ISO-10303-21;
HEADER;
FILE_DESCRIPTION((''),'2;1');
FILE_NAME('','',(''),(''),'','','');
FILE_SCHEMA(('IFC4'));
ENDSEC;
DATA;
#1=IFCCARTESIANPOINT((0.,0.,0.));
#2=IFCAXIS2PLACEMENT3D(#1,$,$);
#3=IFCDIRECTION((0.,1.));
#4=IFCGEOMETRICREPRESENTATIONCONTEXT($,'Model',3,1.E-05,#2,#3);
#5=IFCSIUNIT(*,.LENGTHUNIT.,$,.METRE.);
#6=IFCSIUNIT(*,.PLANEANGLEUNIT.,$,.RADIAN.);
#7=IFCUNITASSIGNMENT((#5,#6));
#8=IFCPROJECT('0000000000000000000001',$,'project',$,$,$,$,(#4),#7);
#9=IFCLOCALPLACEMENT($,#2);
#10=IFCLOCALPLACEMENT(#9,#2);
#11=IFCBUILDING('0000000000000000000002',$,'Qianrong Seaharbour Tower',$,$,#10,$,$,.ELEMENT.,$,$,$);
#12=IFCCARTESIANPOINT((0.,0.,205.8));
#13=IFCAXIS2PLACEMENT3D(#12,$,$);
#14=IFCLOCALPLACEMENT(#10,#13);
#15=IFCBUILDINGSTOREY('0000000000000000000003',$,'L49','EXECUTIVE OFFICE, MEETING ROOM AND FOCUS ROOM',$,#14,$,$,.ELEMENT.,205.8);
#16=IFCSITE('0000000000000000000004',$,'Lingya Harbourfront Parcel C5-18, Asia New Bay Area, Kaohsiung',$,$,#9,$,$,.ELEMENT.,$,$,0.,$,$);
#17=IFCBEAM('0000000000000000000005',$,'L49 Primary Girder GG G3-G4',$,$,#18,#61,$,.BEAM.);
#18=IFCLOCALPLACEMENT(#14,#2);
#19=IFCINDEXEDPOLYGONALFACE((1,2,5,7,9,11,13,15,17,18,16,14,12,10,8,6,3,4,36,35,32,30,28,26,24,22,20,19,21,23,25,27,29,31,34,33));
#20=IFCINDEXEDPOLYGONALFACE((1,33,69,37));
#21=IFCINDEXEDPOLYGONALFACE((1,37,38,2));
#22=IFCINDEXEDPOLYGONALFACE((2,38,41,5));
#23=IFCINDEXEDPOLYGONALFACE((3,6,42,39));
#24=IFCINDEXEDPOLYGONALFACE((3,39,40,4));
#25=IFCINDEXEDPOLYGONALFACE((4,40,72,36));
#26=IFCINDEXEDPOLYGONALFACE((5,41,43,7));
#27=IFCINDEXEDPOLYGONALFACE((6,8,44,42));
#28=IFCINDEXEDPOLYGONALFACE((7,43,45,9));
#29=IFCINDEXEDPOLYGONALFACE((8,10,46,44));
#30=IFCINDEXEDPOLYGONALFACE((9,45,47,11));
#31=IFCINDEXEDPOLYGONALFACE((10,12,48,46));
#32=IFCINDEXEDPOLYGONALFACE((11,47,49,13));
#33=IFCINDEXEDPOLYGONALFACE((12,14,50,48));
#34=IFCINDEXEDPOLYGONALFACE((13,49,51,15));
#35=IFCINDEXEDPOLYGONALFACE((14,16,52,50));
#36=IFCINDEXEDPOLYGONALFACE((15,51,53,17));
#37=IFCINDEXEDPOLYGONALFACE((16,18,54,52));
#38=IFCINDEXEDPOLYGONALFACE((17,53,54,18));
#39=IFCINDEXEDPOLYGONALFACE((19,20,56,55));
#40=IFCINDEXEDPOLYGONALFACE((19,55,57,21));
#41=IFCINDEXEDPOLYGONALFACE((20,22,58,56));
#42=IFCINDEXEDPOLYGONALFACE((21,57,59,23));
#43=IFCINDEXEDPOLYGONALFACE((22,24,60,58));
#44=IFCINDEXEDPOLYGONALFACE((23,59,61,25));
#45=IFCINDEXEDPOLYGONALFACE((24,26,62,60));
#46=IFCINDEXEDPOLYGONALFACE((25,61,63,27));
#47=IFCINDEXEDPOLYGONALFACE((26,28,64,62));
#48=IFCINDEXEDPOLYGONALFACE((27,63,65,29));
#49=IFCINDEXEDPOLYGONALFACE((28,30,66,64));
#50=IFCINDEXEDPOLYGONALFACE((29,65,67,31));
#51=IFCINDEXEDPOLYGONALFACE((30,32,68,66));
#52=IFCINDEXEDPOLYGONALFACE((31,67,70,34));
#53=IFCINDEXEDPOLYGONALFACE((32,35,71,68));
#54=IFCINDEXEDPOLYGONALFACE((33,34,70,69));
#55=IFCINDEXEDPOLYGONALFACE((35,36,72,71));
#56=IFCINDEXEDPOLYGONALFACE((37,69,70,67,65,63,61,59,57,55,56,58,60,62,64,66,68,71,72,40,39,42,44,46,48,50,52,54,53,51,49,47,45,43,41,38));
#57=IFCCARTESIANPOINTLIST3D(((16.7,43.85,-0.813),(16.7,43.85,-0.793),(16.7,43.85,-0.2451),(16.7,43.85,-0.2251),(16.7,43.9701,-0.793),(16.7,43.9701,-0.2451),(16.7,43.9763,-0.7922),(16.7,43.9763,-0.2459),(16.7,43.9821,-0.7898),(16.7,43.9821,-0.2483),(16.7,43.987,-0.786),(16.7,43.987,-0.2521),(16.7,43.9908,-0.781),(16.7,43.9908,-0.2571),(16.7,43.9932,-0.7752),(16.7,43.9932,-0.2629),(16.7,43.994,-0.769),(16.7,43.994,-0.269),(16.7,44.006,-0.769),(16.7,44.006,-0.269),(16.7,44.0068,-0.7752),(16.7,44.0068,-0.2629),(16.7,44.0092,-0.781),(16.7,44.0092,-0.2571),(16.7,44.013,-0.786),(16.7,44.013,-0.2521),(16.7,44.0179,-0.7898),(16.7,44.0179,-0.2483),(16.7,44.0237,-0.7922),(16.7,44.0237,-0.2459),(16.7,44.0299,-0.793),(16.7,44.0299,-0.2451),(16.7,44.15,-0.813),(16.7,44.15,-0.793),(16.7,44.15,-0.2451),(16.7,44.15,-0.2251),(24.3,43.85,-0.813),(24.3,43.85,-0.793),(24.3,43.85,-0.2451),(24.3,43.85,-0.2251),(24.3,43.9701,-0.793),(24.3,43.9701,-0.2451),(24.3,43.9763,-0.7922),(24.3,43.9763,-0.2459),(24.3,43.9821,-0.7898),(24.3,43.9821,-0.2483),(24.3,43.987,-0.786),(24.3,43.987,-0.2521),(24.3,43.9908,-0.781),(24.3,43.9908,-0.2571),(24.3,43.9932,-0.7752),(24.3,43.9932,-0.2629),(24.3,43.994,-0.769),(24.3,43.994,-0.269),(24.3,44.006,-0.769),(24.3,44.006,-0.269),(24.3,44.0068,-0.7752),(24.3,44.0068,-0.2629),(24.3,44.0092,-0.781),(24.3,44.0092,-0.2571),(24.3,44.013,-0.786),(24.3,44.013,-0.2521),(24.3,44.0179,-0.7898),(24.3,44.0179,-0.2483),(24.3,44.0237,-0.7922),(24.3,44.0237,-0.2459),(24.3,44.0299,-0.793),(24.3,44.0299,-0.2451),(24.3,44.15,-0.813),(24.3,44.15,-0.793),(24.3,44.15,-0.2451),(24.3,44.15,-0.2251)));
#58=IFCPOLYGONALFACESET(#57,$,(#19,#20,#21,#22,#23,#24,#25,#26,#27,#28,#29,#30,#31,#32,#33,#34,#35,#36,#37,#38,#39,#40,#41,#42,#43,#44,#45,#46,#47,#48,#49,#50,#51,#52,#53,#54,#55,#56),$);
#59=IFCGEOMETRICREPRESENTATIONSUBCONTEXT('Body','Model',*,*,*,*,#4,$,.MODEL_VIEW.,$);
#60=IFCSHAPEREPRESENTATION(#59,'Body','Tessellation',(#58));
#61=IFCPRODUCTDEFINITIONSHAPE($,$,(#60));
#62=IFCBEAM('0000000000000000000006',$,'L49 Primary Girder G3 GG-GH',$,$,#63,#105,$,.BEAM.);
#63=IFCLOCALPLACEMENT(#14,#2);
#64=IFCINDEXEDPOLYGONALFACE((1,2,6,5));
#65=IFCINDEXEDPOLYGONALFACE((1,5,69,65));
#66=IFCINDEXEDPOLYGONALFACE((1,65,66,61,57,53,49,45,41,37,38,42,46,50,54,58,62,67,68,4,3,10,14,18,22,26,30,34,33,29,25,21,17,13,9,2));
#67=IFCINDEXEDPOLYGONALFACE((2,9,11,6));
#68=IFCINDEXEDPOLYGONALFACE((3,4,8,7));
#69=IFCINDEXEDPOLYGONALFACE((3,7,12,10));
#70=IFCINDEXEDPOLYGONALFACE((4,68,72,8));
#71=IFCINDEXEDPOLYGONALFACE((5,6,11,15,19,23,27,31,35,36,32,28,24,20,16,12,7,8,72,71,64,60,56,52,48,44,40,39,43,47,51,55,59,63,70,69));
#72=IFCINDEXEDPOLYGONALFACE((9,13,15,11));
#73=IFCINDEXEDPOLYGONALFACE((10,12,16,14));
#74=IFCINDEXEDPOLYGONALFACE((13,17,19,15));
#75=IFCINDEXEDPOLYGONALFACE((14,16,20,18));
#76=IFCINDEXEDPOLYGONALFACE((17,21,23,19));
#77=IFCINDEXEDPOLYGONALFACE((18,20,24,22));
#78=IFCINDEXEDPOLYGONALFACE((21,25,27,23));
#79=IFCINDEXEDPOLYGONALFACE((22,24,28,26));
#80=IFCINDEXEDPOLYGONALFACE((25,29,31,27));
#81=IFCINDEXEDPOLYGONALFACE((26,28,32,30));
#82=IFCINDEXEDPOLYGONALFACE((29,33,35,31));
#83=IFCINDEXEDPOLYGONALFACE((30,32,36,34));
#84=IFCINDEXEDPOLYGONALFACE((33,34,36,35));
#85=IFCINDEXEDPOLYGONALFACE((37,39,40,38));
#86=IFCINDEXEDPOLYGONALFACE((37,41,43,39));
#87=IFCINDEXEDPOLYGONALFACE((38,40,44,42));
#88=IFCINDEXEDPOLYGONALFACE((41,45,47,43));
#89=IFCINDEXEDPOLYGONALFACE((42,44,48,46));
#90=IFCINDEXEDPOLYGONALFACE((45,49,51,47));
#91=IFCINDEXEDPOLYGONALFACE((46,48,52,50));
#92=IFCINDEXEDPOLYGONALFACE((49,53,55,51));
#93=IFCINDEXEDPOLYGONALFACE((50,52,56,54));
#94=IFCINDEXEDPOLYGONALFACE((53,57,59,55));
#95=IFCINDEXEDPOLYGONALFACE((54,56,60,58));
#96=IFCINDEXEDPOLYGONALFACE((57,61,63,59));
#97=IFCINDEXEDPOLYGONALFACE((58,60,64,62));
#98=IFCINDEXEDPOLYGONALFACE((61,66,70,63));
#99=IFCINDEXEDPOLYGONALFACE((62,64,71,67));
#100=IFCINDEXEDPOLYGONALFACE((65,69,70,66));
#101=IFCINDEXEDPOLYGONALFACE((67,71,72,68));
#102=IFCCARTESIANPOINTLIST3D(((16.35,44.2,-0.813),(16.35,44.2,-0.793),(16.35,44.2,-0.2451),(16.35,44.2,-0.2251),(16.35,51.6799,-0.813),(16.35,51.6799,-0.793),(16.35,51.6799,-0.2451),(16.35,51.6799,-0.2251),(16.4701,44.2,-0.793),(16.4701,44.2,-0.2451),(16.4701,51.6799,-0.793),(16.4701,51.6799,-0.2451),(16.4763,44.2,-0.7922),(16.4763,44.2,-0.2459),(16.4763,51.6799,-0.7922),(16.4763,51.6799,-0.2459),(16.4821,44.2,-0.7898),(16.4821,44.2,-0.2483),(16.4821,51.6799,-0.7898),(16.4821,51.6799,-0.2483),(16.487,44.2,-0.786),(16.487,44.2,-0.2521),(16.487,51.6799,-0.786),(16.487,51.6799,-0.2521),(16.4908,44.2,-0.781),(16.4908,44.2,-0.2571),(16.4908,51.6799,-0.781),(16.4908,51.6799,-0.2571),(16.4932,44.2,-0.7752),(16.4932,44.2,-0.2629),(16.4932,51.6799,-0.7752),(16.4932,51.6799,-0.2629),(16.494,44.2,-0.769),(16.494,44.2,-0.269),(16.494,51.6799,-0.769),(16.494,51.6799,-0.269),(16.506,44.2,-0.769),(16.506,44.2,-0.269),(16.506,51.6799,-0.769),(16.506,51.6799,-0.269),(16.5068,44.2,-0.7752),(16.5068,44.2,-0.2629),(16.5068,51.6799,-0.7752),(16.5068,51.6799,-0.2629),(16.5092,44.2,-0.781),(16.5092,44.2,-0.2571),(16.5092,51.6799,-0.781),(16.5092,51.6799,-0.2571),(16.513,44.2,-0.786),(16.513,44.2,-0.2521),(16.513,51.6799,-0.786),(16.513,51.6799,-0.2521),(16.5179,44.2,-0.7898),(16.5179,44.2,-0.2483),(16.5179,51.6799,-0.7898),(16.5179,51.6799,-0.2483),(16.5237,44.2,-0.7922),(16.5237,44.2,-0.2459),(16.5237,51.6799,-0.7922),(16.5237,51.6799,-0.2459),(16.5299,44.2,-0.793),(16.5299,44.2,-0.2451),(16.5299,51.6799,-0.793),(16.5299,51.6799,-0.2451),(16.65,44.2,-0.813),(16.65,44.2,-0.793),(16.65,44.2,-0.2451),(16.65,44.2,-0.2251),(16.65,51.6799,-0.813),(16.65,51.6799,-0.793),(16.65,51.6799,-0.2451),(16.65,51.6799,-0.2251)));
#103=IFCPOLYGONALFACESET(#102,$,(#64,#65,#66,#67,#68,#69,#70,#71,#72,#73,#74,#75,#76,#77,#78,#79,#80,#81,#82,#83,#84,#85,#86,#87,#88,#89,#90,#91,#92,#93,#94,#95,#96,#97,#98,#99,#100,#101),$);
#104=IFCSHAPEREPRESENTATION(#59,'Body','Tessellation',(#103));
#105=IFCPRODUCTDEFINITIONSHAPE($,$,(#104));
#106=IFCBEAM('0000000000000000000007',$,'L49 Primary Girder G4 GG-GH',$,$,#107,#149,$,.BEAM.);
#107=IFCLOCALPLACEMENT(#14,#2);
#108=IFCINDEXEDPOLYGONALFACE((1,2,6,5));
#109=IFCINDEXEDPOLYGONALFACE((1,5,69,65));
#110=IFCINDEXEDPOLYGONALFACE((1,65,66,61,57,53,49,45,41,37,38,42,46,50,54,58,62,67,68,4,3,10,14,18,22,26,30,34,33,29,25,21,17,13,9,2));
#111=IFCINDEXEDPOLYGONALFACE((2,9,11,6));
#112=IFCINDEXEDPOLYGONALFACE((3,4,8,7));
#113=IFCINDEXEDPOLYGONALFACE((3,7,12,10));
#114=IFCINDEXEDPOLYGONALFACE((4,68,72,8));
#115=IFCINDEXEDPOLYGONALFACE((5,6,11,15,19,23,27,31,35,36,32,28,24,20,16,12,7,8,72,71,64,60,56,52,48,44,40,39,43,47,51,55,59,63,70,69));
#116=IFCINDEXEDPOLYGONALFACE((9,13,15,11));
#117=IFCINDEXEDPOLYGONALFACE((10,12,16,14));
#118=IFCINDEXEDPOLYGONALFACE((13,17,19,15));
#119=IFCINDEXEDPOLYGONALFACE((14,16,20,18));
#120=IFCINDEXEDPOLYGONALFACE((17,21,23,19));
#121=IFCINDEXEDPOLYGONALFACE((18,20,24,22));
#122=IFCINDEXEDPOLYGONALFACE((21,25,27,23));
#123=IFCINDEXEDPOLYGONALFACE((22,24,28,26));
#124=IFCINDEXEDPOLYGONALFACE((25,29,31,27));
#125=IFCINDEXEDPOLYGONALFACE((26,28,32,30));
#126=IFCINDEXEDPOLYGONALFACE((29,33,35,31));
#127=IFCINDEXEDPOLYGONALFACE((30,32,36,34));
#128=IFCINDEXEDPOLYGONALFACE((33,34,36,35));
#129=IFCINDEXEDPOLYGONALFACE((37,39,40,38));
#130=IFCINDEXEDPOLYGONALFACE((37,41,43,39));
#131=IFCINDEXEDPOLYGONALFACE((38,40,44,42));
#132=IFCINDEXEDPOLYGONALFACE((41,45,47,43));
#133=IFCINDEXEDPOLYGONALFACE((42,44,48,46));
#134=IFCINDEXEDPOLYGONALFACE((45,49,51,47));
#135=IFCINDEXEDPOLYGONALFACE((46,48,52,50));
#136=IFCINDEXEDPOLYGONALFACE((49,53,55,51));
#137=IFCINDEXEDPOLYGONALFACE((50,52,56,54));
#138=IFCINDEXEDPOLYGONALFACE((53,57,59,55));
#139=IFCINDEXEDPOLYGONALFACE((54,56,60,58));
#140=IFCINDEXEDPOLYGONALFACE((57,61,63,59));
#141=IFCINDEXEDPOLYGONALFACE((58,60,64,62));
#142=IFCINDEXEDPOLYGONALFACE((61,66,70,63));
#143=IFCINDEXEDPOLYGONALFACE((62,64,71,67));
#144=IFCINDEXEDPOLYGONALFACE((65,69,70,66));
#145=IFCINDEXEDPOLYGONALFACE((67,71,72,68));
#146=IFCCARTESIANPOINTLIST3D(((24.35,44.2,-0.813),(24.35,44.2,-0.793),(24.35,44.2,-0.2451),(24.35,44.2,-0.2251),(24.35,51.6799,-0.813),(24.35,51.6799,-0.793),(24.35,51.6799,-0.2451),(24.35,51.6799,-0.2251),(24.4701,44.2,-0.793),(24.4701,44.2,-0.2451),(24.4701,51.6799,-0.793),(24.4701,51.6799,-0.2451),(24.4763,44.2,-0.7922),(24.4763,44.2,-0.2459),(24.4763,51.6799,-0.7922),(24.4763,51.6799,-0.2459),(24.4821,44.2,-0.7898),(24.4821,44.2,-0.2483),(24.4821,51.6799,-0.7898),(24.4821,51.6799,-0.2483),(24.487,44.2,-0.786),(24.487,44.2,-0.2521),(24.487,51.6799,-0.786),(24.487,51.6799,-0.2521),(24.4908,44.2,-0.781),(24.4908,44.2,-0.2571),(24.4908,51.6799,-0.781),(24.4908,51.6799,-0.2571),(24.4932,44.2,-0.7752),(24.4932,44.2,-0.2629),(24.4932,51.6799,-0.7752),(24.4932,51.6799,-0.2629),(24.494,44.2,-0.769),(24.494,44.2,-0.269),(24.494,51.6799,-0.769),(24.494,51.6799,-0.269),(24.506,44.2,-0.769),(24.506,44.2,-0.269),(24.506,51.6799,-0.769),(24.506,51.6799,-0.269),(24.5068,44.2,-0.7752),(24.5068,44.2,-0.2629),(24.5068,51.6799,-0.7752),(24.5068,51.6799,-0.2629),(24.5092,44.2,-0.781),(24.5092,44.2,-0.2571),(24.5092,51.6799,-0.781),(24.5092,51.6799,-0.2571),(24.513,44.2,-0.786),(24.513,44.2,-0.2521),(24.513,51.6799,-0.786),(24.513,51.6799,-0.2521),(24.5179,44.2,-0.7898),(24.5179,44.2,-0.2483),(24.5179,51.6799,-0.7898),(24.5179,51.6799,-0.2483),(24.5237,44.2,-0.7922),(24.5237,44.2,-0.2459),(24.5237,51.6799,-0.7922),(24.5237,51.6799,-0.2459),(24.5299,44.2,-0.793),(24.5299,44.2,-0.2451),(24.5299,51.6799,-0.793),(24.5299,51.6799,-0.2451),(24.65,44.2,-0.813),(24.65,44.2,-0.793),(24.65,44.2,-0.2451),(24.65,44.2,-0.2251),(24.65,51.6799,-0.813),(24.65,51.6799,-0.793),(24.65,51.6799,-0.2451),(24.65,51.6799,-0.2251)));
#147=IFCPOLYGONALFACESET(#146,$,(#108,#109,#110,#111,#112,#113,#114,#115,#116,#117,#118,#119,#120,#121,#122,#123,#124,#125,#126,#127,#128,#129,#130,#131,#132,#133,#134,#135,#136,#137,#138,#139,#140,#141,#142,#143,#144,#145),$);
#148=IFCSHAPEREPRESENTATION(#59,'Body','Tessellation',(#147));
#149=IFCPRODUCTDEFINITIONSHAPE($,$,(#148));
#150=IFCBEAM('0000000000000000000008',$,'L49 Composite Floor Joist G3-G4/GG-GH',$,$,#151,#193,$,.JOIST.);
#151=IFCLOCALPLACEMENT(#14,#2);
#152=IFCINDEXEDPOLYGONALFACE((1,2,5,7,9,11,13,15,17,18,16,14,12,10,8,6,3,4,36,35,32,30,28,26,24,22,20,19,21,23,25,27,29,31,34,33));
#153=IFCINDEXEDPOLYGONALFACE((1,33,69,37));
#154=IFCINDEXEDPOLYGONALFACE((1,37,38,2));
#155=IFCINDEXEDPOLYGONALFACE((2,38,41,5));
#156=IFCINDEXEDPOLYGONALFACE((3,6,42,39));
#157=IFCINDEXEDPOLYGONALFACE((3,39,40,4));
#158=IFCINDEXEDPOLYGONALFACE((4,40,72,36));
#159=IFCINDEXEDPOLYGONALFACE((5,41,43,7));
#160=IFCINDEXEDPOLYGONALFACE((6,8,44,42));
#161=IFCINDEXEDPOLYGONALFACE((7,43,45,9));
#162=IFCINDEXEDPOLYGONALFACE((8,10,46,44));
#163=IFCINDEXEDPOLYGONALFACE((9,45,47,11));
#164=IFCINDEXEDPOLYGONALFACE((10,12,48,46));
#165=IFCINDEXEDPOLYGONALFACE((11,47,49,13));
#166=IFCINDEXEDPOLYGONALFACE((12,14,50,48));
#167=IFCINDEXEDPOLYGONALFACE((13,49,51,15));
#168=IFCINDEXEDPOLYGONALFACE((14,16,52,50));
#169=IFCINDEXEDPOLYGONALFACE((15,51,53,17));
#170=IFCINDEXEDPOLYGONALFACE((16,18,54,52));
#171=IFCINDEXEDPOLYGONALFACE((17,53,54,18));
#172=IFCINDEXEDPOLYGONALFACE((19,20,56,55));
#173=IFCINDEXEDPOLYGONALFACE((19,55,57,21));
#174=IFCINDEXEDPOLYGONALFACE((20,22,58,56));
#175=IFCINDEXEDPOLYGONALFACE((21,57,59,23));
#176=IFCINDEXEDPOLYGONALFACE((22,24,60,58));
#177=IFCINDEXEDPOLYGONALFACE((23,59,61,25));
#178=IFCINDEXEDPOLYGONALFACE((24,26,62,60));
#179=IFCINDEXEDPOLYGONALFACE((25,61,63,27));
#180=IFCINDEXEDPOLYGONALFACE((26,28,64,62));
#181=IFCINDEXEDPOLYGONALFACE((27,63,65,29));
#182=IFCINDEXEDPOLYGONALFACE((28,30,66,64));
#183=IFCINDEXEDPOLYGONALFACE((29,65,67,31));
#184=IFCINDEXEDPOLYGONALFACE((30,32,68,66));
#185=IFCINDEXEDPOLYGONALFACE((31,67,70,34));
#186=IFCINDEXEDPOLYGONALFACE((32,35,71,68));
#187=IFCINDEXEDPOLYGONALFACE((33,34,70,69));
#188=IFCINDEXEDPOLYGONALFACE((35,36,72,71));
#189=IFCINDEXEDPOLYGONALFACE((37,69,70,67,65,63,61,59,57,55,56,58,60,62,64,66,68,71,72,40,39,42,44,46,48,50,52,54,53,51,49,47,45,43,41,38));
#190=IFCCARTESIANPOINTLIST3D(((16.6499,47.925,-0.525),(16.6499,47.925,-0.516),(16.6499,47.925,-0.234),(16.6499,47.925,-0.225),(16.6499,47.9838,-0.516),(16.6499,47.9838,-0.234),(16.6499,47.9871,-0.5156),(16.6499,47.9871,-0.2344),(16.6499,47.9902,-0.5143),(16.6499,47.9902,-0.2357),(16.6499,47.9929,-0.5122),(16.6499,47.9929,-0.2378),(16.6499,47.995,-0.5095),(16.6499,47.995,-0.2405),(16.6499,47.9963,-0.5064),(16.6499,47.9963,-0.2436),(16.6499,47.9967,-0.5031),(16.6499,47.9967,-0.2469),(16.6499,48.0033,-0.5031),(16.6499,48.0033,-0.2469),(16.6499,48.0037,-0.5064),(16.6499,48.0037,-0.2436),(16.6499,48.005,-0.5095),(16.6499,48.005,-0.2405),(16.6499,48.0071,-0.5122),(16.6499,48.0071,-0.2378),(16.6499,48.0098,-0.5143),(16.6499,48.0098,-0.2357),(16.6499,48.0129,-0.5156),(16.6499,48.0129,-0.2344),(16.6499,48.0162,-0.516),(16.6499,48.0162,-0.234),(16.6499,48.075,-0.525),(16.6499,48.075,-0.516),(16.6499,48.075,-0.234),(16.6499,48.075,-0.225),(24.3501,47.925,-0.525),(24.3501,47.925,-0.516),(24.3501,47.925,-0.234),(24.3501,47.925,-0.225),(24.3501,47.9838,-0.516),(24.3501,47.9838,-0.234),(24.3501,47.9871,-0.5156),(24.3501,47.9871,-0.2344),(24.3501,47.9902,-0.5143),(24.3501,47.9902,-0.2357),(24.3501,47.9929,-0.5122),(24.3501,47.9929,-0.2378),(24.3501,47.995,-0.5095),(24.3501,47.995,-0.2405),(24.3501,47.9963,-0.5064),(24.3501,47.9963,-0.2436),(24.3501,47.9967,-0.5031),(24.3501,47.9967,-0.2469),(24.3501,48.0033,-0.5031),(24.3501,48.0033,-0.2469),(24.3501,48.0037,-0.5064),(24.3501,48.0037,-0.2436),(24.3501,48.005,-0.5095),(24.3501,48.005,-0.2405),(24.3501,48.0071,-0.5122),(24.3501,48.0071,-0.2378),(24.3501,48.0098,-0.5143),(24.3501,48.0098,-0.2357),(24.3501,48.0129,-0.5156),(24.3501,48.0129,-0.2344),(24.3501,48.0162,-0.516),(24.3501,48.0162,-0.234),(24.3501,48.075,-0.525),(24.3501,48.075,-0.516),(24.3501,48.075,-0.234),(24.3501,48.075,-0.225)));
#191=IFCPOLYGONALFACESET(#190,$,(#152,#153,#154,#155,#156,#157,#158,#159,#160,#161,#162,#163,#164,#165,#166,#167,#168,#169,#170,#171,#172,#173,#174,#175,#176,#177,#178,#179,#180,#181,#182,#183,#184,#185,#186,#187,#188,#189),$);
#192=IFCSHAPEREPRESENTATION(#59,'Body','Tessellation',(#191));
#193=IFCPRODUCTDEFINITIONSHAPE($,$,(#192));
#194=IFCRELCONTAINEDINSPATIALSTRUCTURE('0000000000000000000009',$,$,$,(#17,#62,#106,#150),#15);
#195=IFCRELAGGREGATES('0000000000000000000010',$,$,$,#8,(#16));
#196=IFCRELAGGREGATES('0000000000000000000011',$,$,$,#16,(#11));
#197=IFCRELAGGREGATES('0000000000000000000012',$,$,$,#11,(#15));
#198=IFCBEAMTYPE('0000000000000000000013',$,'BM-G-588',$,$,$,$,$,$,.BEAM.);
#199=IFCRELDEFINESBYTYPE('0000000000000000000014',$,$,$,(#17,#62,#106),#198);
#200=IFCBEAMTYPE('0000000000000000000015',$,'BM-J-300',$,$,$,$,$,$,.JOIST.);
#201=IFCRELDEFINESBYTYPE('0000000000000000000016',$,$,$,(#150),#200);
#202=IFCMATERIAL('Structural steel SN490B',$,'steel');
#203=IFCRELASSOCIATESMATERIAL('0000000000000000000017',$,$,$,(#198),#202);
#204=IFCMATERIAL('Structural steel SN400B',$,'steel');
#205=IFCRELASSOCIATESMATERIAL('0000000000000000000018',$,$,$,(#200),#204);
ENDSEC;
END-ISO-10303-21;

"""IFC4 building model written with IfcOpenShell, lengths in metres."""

from ifc_helpers import new_model, si_unit, direction, frame, origin, origin_2d, place, context, subcontext, project, spatial, i_section, extrude, material, material_profile, profile_set, type_object, element, save


model = new_model("IFC4")

# Units and contexts
model_context = context("Model", 3, precision=1e-05, world=origin(), true_north=direction((0.0, 1.0)))
body_context = subcontext(model_context, "Body", "Model", "MODEL_VIEW")
ifc_project = project(units=[si_unit("LENGTHUNIT", "METRE"), si_unit("PLANEANGLEUNIT", "RADIAN")], contexts=[model_context])

# Site, building, storey
site_placement = place(None, origin())
site = spatial("IfcSite", under=ifc_project, at=site_placement, Name="Lingya Harbourfront Parcel C5-18, Asia New Bay Area, Kaohsiung", CompositionType="ELEMENT", RefElevation=0.0)
building_placement = place(site_placement, origin())
building = spatial("IfcBuilding", under=site, at=building_placement, Name="Qianrong Seaharbour Tower", CompositionType="ELEMENT")
storey_placement = place(building_placement, frame((0.0, 0.0, 205.8)))
storey = spatial("IfcBuildingStorey", under=building, at=storey_placement, Name="L49", Description="EXECUTIVE OFFICE, MEETING ROOM AND FOCUS ROOM", CompositionType="ELEMENT", Elevation=205.8)

# Shared definitions
ifc_material_1 = material(Name="Structural steel SN490B", Category="steel")

# Beams
ifc_material_profile_1 = material_profile(ifc_material_1, i_section(OverallWidth=0.3, OverallDepth=0.5879, WebThickness=0.012, FlangeThickness=0.02, FilletRadius=0.0239, at=origin_2d()), Name="H588x300x12x20")
ifc_profile_set_1 = profile_set([ifc_material_profile_1], Name="Structural steel SN490B")
beam_type_1 = type_object("IfcBeamType", Name="BM-G-588", PredefinedType="BEAM", material=ifc_profile_set_1)
beam_1_placement = place(storey_placement, frame((16.7, 44.0, -0.519), z_axis=(1.0, 0.0, 0.0), x_axis=(0.0, 1.0, 0.0)))
element("IfcBeam", 1, at=beam_1_placement, inside=storey, type_object=beam_type_1, Name="L49 Primary Girder GG G3-G4", PredefinedType="BEAM", context=body_context, shape_type="SweptSolid", body=[
    extrude(i_section(OverallWidth=0.3, OverallDepth=0.5879, WebThickness=0.012, FlangeThickness=0.02, FilletRadius=0.0239, at=origin_2d()), origin(), (0.0, 0.0, 1.0), 7.6001),
])
for number, where, z_axis, x_axis, name in (
    (2, (16.5, 44.2, -0.519), (0.0, 1.0, 0.0), (-1.0, 0.0, 0.0), "L49 Primary Girder G3 GG-GH"),
    (3, (24.5, 44.2, -0.519), (0.0, 1.0, 0.0), (-1.0, 0.0, 0.0), "L49 Primary Girder G4 GG-GH"),
):
    element("IfcBeam", number, at=place(storey_placement, frame(where, z_axis=z_axis, x_axis=x_axis)), inside=storey, type_object=beam_type_1, Name=name, PredefinedType="BEAM", context=body_context, shape_type="SweptSolid", body=[
        extrude(i_section(OverallWidth=0.3, OverallDepth=0.5879, WebThickness=0.012, FlangeThickness=0.02, FilletRadius=0.0239, at=origin_2d()), origin(), (0.0, 0.0, 1.0), 7.48),
    ])
ifc_material_2 = material(Name="Structural steel SN400B", Category="steel")
ifc_material_profile_2 = material_profile(ifc_material_2, i_section(OverallWidth=0.1499, OverallDepth=0.3, WebThickness=0.0066, FlangeThickness=0.009, FilletRadius=0.0129, at=origin_2d()), Name="H300x150x6.5x9")
ifc_profile_set_2 = profile_set([ifc_material_profile_2], Name="Structural steel SN400B")
beam_type_2 = type_object("IfcBeamType", Name="BM-J-300", PredefinedType="JOIST", material=ifc_profile_set_2)
beam_2_placement = place(storey_placement, frame((16.6499, 48.0, -0.375), z_axis=(1.0, 0.0, 0.0), x_axis=(0.0, 1.0, 0.0)))
element("IfcBeam", 4, at=beam_2_placement, inside=storey, type_object=beam_type_2, Name="L49 Composite Floor Joist G3-G4/GG-GH", PredefinedType="JOIST", context=body_context, shape_type="SweptSolid", body=[
    extrude(i_section(OverallWidth=0.1499, OverallDepth=0.3, WebThickness=0.0066, FlangeThickness=0.009, FilletRadius=0.0129, at=origin_2d()), origin(), (0.0, 0.0, 1.0), 7.7002),
])

save(model, "model.ifc")
